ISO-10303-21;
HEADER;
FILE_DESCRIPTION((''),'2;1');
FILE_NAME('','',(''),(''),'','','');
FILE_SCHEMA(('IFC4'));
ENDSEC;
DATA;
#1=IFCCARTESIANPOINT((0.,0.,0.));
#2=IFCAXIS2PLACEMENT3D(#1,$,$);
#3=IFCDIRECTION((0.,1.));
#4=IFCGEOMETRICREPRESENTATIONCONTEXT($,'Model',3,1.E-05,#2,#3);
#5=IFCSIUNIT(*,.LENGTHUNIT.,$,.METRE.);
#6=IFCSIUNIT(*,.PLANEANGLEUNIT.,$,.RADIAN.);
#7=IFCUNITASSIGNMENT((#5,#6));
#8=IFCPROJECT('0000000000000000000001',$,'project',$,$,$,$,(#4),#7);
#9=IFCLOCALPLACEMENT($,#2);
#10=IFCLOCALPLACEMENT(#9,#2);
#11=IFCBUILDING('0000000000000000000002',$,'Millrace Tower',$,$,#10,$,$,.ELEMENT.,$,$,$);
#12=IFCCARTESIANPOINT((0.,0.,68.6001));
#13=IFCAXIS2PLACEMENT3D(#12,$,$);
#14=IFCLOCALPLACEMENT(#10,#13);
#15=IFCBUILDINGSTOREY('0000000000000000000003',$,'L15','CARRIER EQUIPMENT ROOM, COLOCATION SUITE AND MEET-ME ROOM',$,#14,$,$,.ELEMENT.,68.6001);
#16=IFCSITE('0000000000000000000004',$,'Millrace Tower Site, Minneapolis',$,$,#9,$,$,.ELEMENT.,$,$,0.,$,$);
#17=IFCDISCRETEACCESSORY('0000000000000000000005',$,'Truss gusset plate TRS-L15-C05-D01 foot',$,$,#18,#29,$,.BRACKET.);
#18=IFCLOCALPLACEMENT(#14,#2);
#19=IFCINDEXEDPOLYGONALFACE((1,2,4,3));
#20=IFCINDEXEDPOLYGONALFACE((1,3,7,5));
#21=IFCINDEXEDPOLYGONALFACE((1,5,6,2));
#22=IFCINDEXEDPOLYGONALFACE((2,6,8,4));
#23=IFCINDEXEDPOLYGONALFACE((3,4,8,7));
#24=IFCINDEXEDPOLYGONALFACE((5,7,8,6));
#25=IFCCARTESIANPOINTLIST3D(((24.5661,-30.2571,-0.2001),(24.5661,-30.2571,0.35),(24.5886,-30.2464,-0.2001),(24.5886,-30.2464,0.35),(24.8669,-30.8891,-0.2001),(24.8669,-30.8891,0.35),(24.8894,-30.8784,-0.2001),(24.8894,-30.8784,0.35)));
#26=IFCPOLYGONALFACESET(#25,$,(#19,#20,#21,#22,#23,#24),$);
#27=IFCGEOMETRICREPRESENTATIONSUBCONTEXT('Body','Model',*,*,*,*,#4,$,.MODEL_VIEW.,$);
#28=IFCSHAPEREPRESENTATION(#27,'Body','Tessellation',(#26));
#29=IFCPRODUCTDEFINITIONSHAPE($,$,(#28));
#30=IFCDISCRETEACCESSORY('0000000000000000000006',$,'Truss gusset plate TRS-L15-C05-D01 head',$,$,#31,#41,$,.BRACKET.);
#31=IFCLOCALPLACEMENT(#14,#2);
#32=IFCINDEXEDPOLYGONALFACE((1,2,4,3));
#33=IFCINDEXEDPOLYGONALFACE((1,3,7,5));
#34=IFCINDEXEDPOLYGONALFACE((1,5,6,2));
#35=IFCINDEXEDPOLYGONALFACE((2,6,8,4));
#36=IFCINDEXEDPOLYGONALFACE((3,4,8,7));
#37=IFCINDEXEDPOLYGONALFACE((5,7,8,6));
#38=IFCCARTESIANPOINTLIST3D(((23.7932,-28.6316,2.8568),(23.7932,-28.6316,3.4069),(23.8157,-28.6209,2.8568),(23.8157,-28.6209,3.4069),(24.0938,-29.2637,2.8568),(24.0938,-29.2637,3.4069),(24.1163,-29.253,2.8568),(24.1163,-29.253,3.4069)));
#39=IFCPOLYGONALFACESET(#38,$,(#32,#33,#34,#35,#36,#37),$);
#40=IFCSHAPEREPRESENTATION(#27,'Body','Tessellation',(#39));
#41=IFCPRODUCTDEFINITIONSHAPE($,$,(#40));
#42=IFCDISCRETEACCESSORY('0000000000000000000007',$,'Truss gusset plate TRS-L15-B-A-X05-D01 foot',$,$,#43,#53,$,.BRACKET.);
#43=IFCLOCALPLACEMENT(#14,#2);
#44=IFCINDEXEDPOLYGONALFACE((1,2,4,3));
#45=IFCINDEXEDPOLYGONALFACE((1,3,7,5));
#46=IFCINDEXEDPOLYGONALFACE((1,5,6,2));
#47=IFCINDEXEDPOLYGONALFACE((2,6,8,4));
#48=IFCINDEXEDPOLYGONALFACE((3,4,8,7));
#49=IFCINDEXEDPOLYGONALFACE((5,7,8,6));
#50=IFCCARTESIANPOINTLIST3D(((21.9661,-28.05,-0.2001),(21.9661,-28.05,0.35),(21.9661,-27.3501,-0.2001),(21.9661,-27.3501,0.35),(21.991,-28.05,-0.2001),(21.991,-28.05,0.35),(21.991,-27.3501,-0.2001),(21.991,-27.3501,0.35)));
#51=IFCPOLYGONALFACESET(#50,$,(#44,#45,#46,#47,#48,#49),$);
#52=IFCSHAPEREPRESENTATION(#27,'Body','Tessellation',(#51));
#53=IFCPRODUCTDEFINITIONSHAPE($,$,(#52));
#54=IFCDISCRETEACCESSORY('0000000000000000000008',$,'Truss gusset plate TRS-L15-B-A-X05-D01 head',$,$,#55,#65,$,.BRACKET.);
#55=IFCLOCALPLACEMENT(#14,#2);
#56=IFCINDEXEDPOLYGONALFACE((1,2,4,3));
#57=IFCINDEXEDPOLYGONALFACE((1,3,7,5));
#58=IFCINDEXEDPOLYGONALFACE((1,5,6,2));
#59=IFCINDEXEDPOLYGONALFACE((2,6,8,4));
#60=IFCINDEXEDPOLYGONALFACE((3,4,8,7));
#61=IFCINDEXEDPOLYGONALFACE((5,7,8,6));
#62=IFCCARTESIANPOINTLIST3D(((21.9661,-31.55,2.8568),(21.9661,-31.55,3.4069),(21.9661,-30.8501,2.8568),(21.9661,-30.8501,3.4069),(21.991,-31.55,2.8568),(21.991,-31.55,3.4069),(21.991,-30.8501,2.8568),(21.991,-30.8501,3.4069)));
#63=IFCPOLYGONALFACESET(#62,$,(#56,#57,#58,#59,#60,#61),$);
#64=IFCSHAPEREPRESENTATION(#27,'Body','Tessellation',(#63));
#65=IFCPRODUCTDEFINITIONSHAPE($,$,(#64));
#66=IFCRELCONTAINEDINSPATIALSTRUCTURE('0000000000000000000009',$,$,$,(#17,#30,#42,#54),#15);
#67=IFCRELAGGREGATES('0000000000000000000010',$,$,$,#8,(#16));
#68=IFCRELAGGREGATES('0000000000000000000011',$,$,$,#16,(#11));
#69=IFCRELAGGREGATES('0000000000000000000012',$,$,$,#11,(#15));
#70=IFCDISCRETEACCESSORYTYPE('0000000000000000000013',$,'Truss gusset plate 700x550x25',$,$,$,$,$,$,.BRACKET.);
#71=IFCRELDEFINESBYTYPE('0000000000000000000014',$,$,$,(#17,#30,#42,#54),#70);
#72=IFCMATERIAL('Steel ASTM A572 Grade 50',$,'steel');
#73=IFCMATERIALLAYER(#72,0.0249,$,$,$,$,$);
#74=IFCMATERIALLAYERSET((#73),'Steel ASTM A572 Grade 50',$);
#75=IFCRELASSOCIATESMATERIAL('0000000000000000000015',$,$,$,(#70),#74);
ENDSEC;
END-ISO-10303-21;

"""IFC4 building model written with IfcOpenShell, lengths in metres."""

from ifc_helpers import new_model, si_unit, direction, frame, origin, origin_2d, place, context, subcontext, project, spatial, rectangle, extrude, material, layer, layer_set, type_object, element, save


model = new_model("IFC4")

# Units and contexts
model_context = context("Model", 3, precision=1e-05, world=origin(), true_north=direction((0.0, 1.0)))
body_context = subcontext(model_context, "Body", "Model", "MODEL_VIEW")
ifc_project = project(units=[si_unit("LENGTHUNIT", "METRE"), si_unit("PLANEANGLEUNIT", "RADIAN")], contexts=[model_context])

# Site, building, storey
site_placement = place(None, origin())
site = spatial("IfcSite", under=ifc_project, at=site_placement, Name="Millrace Tower Site, Minneapolis", CompositionType="ELEMENT", RefElevation=0.0)
building_placement = place(site_placement, origin())
building = spatial("IfcBuilding", under=site, at=building_placement, Name="Millrace Tower", CompositionType="ELEMENT")
storey_placement = place(building_placement, frame((0.0, 0.0, 68.6001)))
storey = spatial("IfcBuildingStorey", under=building, at=storey_placement, Name="L15", Description="CARRIER EQUIPMENT ROOM, COLOCATION SUITE AND MEET-ME ROOM", CompositionType="ELEMENT", Elevation=68.6001)

# Discrete accessories
ifc_material_1 = material(Name="Steel ASTM A572 Grade 50", Category="steel")
ifc_layer_1 = layer(ifc_material_1, 0.0249)
ifc_layer_set_1 = layer_set([ifc_layer_1], Name="Steel ASTM A572 Grade 50")
discrete_accessory_type_1 = type_object("IfcDiscreteAccessoryType", Name="Truss gusset plate 700x550x25", PredefinedType="BRACKET", material=ifc_layer_set_1)
for number, where, z_axis, x_axis, name in (
    (1, (24.5774, -30.2517, 0.075), (0.42969, -0.902977, 0.0), (0.902977, 0.42969, 0.0), "Truss gusset plate TRS-L15-C05-D01 foot"),
    (2, (23.8044, -28.6262, 3.1318), (0.429405, -0.903112, 0.0), (0.903112, 0.429405, 0.0), "Truss gusset plate TRS-L15-C05-D01 head"),
    (3, (21.9785, -28.05, 0.075), (0.0, 1.0, 0.0), (-1.0, 0.0, 0.0), "Truss gusset plate TRS-L15-B-A-X05-D01 foot"),
    (4, (21.9785, -31.55, 3.1318), (0.0, 1.0, 0.0), (-1.0, 0.0, 0.0), "Truss gusset plate TRS-L15-B-A-X05-D01 head"),
):
    element("IfcDiscreteAccessory", number, at=place(storey_placement, frame(where, z_axis=z_axis, x_axis=x_axis)), inside=storey, type_object=discrete_accessory_type_1, Name=name, PredefinedType="BRACKET", context=body_context, shape_type="SweptSolid", body=[
        extrude(rectangle(XDim=0.0249, YDim=0.55, at=origin_2d()), origin(), (0.0, 0.0, 1.0), 0.7),
    ])

save(model, "model.ifc")
